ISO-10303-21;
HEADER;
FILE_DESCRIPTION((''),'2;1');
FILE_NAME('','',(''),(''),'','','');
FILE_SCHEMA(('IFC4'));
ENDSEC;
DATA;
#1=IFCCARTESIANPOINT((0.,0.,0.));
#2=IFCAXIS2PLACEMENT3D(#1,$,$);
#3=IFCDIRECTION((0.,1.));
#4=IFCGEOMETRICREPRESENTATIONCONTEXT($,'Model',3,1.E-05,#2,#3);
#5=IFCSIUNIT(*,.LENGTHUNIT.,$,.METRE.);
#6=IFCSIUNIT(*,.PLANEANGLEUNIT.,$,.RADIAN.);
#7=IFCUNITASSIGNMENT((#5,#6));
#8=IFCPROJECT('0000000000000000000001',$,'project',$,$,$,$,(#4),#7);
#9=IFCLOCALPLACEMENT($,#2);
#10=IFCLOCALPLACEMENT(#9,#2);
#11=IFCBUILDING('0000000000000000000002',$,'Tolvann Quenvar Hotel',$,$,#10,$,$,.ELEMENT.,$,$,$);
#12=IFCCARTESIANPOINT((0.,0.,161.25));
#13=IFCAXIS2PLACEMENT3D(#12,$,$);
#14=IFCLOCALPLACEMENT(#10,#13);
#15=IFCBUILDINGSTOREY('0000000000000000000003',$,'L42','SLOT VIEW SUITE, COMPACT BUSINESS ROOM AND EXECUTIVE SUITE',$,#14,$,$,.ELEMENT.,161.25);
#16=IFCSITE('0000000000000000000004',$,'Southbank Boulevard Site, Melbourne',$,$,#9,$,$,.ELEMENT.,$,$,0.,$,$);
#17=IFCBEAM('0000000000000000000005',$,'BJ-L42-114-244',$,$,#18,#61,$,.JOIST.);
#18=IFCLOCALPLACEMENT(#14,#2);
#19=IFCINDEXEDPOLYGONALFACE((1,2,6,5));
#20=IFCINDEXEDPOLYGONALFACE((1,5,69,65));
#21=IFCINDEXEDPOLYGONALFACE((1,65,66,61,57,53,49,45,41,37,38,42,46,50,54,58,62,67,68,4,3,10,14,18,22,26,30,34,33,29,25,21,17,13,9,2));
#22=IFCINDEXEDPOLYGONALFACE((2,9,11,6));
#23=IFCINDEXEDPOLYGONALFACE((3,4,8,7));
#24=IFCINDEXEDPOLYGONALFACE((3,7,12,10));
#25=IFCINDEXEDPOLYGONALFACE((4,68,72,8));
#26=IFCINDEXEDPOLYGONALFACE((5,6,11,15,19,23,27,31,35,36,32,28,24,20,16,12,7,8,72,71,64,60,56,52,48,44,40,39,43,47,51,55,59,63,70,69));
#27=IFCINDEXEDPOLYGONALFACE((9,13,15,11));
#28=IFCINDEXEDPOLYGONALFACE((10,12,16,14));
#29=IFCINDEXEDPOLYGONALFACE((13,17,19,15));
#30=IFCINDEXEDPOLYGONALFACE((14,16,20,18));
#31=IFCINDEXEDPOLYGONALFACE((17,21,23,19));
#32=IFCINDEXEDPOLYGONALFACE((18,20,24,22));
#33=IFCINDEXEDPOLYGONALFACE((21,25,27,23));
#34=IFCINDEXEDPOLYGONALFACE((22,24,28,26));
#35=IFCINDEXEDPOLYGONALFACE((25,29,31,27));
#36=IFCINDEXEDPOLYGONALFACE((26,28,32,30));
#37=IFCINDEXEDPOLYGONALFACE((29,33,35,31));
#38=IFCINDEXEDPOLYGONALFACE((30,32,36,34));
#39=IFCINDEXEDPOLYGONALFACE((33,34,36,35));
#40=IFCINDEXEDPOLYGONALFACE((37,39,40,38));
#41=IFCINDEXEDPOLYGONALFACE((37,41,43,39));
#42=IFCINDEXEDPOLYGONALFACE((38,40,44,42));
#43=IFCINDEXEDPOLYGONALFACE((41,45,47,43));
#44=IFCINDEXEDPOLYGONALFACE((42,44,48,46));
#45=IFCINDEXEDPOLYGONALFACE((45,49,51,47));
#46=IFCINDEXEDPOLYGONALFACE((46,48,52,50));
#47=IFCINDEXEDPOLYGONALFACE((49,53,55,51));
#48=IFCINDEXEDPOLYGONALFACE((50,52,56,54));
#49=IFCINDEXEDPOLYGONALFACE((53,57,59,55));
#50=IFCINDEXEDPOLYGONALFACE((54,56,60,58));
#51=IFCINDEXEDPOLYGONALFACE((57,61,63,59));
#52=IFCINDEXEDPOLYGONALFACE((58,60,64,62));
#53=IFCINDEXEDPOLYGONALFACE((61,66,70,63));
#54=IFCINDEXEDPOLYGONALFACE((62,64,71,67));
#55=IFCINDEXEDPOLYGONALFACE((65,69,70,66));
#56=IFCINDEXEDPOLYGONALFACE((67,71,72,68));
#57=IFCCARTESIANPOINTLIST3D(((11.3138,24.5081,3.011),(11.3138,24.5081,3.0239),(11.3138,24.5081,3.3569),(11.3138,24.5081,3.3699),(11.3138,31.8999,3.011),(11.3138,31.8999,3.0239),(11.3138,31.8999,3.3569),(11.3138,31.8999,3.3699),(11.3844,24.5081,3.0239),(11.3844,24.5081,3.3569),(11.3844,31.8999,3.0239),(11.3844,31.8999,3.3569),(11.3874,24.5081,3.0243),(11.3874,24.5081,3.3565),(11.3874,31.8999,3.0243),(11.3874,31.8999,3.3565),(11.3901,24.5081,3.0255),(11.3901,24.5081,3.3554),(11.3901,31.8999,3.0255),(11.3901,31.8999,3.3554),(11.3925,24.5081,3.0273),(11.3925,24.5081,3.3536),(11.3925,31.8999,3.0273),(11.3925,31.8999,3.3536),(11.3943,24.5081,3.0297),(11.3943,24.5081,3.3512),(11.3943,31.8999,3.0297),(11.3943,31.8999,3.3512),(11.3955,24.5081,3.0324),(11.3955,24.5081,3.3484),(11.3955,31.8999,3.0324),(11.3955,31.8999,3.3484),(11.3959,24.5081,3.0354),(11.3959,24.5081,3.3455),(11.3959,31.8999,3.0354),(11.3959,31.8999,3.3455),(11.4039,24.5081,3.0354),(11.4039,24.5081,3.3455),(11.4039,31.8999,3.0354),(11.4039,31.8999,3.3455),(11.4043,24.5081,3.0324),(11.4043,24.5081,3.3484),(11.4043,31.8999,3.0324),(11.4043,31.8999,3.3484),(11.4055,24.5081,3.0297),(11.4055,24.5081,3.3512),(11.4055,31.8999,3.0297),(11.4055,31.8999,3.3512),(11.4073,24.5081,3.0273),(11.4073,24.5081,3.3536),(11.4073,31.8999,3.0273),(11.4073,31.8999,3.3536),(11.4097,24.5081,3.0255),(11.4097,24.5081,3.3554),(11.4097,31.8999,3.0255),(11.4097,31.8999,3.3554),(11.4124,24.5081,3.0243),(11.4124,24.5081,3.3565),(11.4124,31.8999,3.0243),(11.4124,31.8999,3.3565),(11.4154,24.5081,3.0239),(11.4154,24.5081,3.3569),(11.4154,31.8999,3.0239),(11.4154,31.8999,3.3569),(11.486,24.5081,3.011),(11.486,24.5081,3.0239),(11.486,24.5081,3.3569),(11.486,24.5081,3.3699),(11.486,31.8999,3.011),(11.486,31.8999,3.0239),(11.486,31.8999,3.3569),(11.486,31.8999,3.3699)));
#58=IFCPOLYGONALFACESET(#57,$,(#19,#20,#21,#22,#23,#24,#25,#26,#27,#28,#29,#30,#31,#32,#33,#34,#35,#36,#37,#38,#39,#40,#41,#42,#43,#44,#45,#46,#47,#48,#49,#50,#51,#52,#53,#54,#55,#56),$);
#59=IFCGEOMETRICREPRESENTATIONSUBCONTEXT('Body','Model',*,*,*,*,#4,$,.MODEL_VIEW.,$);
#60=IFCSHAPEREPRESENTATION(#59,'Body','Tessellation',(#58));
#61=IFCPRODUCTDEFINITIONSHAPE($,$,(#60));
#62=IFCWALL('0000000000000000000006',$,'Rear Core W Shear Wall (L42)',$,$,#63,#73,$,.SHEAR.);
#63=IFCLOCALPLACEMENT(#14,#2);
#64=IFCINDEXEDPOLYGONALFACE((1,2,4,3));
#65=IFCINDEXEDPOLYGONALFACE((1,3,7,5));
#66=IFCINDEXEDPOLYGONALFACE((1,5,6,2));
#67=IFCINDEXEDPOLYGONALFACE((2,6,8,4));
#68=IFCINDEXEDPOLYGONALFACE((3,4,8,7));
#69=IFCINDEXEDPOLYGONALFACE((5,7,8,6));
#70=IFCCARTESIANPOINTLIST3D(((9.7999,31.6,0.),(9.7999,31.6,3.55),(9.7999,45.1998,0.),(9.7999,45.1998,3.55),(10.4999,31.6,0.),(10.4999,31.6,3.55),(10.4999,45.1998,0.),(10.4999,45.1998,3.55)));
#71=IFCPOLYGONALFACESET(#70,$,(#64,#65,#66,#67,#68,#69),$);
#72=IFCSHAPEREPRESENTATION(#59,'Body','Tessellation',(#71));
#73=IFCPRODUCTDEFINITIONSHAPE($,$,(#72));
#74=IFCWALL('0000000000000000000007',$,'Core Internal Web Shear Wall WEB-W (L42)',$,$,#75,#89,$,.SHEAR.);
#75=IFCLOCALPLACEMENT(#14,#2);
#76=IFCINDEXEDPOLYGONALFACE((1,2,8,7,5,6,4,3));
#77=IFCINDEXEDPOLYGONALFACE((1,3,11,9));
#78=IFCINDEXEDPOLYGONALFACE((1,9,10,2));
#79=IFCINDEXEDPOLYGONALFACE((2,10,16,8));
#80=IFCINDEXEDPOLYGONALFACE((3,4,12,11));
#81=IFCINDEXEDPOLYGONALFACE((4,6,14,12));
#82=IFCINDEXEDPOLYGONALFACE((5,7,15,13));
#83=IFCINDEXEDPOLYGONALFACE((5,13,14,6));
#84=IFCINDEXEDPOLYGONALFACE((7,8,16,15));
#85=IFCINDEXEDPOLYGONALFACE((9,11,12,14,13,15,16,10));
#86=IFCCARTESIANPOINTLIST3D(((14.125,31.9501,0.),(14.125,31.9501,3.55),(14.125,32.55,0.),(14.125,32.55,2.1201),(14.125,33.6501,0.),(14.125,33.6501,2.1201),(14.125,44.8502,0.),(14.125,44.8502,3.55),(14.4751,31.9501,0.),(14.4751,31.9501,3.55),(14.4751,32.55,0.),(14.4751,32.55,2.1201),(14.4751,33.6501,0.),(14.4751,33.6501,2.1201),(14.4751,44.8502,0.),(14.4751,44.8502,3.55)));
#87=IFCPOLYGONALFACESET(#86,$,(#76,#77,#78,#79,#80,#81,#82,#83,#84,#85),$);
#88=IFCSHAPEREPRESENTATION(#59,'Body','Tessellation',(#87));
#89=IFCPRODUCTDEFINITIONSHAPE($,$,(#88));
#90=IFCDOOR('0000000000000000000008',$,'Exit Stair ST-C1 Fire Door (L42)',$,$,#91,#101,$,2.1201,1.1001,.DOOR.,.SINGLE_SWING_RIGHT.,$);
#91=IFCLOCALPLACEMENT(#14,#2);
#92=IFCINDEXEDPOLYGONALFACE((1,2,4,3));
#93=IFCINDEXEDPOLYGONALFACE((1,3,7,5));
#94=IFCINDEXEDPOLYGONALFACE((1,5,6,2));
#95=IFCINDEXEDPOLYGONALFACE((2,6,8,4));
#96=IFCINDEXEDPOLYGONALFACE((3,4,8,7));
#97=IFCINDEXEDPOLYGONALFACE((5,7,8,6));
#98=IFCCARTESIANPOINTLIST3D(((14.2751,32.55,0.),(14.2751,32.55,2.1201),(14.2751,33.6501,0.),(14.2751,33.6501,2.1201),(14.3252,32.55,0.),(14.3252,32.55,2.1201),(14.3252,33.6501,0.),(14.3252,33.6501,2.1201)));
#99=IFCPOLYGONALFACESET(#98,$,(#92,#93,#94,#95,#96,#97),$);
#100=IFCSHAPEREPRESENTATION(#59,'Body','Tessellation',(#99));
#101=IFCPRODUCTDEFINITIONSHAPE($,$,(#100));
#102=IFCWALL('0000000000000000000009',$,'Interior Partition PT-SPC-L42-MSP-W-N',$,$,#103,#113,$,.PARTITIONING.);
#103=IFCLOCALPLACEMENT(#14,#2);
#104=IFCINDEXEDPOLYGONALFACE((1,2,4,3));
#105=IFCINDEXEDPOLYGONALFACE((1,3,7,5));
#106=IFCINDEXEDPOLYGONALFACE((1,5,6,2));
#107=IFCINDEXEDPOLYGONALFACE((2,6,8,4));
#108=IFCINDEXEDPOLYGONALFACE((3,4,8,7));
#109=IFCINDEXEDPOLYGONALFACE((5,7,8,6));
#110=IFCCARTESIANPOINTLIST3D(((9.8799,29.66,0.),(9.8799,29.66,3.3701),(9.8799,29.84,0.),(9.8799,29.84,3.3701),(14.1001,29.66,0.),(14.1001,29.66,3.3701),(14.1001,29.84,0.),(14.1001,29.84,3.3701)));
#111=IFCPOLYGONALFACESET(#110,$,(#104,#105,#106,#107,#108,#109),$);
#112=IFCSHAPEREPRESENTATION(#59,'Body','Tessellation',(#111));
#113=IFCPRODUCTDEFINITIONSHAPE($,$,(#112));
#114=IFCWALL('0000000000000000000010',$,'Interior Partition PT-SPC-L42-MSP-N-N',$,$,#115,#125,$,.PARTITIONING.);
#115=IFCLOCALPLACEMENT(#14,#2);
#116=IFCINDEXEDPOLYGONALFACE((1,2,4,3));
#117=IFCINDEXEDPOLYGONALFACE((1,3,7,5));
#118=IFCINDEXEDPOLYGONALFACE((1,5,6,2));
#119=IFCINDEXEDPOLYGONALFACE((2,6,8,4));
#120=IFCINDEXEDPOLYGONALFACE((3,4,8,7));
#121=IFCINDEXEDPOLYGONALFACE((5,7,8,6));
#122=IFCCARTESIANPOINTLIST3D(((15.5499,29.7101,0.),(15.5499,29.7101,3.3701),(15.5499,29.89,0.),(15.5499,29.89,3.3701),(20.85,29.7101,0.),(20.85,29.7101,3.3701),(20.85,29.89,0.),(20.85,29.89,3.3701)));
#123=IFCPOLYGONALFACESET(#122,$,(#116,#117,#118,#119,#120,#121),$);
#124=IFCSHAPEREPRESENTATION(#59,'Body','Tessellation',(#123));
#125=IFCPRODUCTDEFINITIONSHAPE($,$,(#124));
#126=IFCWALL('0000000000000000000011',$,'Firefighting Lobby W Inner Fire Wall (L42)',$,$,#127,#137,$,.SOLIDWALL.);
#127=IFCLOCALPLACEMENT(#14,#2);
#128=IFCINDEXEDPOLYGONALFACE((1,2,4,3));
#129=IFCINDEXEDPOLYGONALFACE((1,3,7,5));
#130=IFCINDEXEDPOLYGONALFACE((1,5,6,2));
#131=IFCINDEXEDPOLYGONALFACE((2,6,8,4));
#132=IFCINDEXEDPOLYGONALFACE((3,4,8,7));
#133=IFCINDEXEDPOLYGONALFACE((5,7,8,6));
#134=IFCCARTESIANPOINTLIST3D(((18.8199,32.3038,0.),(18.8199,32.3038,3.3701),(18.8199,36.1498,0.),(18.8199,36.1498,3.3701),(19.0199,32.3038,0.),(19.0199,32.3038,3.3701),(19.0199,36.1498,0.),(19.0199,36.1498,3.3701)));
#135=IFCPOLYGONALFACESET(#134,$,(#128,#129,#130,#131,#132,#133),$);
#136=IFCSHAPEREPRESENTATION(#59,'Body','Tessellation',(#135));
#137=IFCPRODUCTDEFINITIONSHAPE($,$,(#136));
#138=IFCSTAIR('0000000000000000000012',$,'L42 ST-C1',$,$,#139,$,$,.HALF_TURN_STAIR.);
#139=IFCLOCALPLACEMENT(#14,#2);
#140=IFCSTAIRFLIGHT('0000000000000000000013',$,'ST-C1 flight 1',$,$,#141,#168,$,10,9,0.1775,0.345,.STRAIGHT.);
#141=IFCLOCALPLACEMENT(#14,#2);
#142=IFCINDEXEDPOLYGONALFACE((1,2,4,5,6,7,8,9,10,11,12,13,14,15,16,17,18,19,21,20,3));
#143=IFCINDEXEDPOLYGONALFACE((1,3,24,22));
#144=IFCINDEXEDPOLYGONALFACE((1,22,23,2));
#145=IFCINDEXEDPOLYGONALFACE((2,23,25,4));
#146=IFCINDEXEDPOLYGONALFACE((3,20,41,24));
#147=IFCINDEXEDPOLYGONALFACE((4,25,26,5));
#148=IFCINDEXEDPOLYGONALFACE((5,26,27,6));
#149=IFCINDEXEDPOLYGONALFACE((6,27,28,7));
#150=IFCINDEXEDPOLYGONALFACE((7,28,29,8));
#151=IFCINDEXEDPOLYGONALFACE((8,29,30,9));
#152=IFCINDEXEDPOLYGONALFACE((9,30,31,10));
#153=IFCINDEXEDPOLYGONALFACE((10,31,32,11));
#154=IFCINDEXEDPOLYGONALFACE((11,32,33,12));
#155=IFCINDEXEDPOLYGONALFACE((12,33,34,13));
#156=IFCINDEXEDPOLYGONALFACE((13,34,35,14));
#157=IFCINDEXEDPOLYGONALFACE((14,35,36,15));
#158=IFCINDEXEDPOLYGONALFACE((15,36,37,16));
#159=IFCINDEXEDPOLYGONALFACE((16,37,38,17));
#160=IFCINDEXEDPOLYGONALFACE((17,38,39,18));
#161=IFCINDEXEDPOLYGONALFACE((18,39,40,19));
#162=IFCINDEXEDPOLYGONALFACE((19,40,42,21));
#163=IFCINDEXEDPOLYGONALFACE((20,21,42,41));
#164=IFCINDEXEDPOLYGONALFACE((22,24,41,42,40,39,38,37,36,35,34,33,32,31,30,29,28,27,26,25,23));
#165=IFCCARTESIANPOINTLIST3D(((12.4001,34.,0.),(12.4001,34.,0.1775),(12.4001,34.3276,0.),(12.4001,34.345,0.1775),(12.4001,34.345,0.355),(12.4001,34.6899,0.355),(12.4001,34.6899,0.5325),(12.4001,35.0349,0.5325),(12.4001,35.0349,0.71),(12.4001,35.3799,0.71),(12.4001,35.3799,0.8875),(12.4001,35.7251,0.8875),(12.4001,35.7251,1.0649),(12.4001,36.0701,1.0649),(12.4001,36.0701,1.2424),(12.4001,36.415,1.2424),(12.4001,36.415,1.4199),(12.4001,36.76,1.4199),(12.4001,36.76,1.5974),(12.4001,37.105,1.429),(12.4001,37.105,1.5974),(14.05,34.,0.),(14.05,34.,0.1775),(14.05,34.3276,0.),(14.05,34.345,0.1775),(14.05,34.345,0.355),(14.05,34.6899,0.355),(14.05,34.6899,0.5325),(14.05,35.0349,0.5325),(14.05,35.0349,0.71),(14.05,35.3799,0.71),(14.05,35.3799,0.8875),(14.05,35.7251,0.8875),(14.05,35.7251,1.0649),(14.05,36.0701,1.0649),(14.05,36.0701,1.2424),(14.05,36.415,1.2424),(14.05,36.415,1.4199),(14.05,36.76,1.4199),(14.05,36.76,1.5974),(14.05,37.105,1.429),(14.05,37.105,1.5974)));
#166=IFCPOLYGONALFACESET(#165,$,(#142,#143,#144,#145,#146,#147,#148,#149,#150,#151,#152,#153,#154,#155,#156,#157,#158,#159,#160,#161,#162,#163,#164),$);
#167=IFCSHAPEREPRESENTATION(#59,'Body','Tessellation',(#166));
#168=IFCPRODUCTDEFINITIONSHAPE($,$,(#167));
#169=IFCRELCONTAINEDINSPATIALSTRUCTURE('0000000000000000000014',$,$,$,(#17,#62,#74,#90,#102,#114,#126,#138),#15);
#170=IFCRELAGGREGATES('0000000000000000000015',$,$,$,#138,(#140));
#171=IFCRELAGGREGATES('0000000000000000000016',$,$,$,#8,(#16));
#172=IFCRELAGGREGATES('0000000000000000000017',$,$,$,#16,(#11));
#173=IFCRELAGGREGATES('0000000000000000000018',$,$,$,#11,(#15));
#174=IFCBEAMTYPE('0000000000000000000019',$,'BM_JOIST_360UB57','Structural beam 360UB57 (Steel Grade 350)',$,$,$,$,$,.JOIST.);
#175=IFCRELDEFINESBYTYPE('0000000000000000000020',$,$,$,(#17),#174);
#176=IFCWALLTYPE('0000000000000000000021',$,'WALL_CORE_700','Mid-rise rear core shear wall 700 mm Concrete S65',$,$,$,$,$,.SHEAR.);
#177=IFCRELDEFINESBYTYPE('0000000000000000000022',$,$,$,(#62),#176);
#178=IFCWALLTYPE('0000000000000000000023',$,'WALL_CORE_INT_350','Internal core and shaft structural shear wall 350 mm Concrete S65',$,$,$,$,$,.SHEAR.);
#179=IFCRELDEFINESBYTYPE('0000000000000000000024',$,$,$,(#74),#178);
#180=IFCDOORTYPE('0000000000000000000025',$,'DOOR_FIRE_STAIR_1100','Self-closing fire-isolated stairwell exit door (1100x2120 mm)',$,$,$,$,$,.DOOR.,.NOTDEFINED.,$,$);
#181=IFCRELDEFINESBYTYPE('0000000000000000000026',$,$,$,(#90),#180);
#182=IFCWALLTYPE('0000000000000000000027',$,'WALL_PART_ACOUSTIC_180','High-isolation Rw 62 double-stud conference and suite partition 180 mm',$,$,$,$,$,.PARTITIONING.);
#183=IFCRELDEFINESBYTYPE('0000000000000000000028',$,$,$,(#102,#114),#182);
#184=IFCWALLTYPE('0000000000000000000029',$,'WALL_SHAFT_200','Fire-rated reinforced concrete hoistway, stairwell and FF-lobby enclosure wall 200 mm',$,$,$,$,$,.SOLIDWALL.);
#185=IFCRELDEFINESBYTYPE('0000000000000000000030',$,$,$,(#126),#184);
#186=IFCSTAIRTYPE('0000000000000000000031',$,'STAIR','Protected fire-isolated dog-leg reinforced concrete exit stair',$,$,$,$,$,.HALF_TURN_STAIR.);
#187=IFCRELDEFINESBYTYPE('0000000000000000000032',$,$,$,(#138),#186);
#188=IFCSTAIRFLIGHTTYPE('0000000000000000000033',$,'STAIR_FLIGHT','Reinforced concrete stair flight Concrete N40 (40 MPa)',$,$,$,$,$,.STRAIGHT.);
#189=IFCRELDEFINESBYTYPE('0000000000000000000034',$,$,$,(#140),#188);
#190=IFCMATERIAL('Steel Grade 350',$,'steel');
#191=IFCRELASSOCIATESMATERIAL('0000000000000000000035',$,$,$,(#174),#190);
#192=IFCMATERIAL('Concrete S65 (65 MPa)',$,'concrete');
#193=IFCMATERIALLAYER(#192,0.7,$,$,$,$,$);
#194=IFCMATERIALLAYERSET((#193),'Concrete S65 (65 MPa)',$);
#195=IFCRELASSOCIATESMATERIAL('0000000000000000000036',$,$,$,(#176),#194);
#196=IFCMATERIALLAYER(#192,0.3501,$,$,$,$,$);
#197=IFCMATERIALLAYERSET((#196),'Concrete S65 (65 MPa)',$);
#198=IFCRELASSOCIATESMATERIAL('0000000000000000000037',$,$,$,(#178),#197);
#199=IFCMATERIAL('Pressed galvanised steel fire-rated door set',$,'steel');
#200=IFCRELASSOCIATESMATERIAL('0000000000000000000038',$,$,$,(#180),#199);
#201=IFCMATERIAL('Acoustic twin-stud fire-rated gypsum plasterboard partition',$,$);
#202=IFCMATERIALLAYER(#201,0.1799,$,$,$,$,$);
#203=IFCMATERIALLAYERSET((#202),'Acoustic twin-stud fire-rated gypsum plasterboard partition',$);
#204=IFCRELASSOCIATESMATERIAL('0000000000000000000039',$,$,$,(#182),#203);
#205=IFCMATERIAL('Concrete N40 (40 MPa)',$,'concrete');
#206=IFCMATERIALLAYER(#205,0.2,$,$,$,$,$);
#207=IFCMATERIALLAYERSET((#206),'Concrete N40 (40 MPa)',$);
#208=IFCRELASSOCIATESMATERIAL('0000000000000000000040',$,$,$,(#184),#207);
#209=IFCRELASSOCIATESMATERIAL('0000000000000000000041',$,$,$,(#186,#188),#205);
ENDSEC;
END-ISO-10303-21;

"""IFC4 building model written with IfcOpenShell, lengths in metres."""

from ifc_helpers import new_model, si_unit, direction, frame, frame_2d, origin, origin_2d, place, context, subcontext, project, spatial, polyline, rectangle, i_section, outline, extrude, source, transform, mapped, material, layer, layer_set, material_profile, profile_set, type_object, type_shapes, element, fill, aggregate, save


model = new_model("IFC4")

# Units and contexts
model_context = context("Model", 3, precision=1e-05, world=origin(), true_north=direction((0.0, 1.0)))
body_context = subcontext(model_context, "Body", "Model", "MODEL_VIEW")
ifc_project = project(units=[si_unit("LENGTHUNIT", "METRE"), si_unit("PLANEANGLEUNIT", "RADIAN")], contexts=[model_context])

# Site, building, storey
site_placement = place(None, origin())
site = spatial("IfcSite", under=ifc_project, at=site_placement, Name="Southbank Boulevard Site, Melbourne", CompositionType="ELEMENT", RefElevation=0.0)
building_placement = place(site_placement, origin())
building = spatial("IfcBuilding", under=site, at=building_placement, Name="Tolvann Quenvar Hotel", CompositionType="ELEMENT")
storey_placement = place(building_placement, frame((0.0, 0.0, 161.25)))
storey = spatial("IfcBuildingStorey", under=building, at=storey_placement, Name="L42", Description="SLOT VIEW SUITE, COMPACT BUSINESS ROOM AND EXECUTIVE SUITE", CompositionType="ELEMENT", Elevation=161.25)

# Beam
ifc_material_1 = material(Name="Steel Grade 350", Category="steel")
ifc_material_profile_1 = material_profile(ifc_material_1, i_section(OverallWidth=0.1721, OverallDepth=0.3589, WebThickness=0.0081, FlangeThickness=0.0129, FilletRadius=0.0115, at=origin_2d()), Name="360UB57")
ifc_profile_set_1 = profile_set([ifc_material_profile_1], Name="Steel Grade 350")
beam_type_1 = type_object("IfcBeamType", Name="BM_JOIST_360UB57", Description="Structural beam 360UB57 (Steel Grade 350)", PredefinedType="JOIST", material=ifc_profile_set_1)
shared_shape_1 = source(origin(), body_context, "Body", "SweptSolid", [
    extrude(i_section(OverallWidth=0.1721, OverallDepth=0.3589, WebThickness=0.0081, FlangeThickness=0.0129, FilletRadius=0.0115, at=origin_2d()), origin(), (0.0, 0.0, 1.0), 7.3918),
])
beam_1_placement = place(storey_placement, frame((11.3999, 24.5081, 3.1904), z_axis=(0.0, 1.0, 0.0), x_axis=(-1.0, 0.0, 0.0)))
element("IfcBeam", 1, at=beam_1_placement, inside=storey, type_object=beam_type_1, Name="BJ-L42-114-244", PredefinedType="JOIST", context=body_context, shape_type="MappedRepresentation", body=[
    mapped(shared_shape_1, transform((0.0, 0.0, 0.0), x_axis=(1.0, 0.0, 0.0), y_axis=(0.0, 1.0, 0.0), z_axis=(0.0, 0.0, 1.0), scale=1.0)),
])

# Wall
ifc_material_2 = material(Name="Concrete S65 (65 MPa)", Category="concrete")
ifc_layer_1 = layer(ifc_material_2, 0.7)
ifc_layer_set_1 = layer_set([ifc_layer_1], Name="Concrete S65 (65 MPa)")
wall_type_1 = type_object("IfcWallType", Name="WALL_CORE_700", Description="Mid-rise rear core shear wall 700 mm Concrete S65", PredefinedType="SHEAR", material=ifc_layer_set_1)
wall_1_placement = place(storey_placement, frame((10.1499, 31.6001, 0.0), z_axis=(0.0, 0.0, 1.0), x_axis=(0.0, 1.0, 0.0)))
element("IfcWall", 2, at=wall_1_placement, inside=storey, type_object=wall_type_1, Name="Rear Core W Shear Wall (L42)", PredefinedType="SHEAR", context=body_context, shape_type="SweptSolid", body=[
    extrude(rectangle(XDim=13.5999, YDim=0.7, at=frame_2d((6.7998, 0.0))), origin(), (0.0, 0.0, 1.0), 3.55),
])

# Wall, opening, door
ifc_layer_2 = layer(ifc_material_2, 0.3501)
ifc_layer_set_2 = layer_set([ifc_layer_2], Name="Concrete S65 (65 MPa)")
wall_type_2 = type_object("IfcWallType", Name="WALL_CORE_INT_350", Description="Internal core and shaft structural shear wall 350 mm Concrete S65", PredefinedType="SHEAR", material=ifc_layer_set_2)
wall_2_placement = place(storey_placement, frame((14.3, 31.95, 0.0), z_axis=(0.0, 0.0, 1.0), x_axis=(0.0, 1.0, 0.0)))
wall_2 = element("IfcWall", 3, at=wall_2_placement, inside=storey, type_object=wall_type_2, Name="Core Internal Web Shear Wall WEB-W (L42)", PredefinedType="SHEAR", context=body_context, shape_type="SweptSolid", body=[
    extrude(rectangle(XDim=12.9001, YDim=0.3501, at=frame_2d((6.4502, 0.0))), origin(), (0.0, 0.0, 1.0), 3.55),
])
opening_1_placement = place(wall_2_placement, frame((0.6001, 0.0, 0.0)))
opening_1 = element("IfcOpeningElement", 4, at=opening_1_placement, cuts=wall_2, PredefinedType="OPENING", context=body_context, shape_type="SweptSolid", body=[
    extrude(rectangle(XDim=1.1001, YDim=2.1201, at=frame_2d((0.55, 1.0601))), frame((0.0, 0.1851, 0.0), z_axis=(0.0, -1.0, 0.0), x_axis=(1.0, 0.0, 0.0)), (0.0, 0.0, 1.0), 0.3701),
])
ifc_material_3 = material(Name="Pressed galvanised steel fire-rated door set", Category="steel")
door_type_1 = type_object("IfcDoorType", Name="DOOR_FIRE_STAIR_1100", Description="Self-closing fire-isolated stairwell exit door (1100x2120 mm)", OperationType="NOTDEFINED", PredefinedType="DOOR", material=ifc_material_3)
shared_shape_2 = source(origin(), body_context, "Body", "SweptSolid", [
    extrude(rectangle(XDim=1.1001, YDim=2.1201, at=frame_2d((0.55, 1.0601))), frame((0.0, 0.0249, 0.0), z_axis=(0.0, -1.0, 0.0), x_axis=(1.0, 0.0, 0.0)), (0.0, 0.0, 1.0), 0.05),
])
type_shapes(door_type_1, [shared_shape_2])
door_1_placement = place(opening_1_placement, origin())
door_1 = element("IfcDoor", 5, at=door_1_placement, inside=storey, type_object=door_type_1, Name="Exit Stair ST-C1 Fire Door (L42)", OperationType="SINGLE_SWING_RIGHT", OverallHeight=2.1201, OverallWidth=1.1001, PredefinedType="DOOR", context=body_context, shape_type="MappedRepresentation", body=[
    mapped(shared_shape_2, transform((0.0, 0.0, 0.0), x_axis=(1.0, 0.0, 0.0), y_axis=(0.0, 1.0, 0.0), z_axis=(0.0, 0.0, 1.0), scale=1.0)),
])
fill(opening_1, door_1)

# Walls
ifc_material_4 = material(Name="Acoustic twin-stud fire-rated gypsum plasterboard partition")
ifc_layer_3 = layer(ifc_material_4, 0.1799)
ifc_layer_set_3 = layer_set([ifc_layer_3], Name="Acoustic twin-stud fire-rated gypsum plasterboard partition")
wall_type_3 = type_object("IfcWallType", Name="WALL_PART_ACOUSTIC_180", Description="High-isolation Rw 62 double-stud conference and suite partition 180 mm", PredefinedType="PARTITIONING", material=ifc_layer_set_3)
wall_3_placement = place(storey_placement, frame((9.8799, 29.75, 0.0), z_axis=(0.0, 0.0, 1.0), x_axis=(1.0, 0.0, 0.0)))
element("IfcWall", 6, at=wall_3_placement, inside=storey, type_object=wall_type_3, Name="Interior Partition PT-SPC-L42-MSP-W-N", PredefinedType="PARTITIONING", context=body_context, shape_type="SweptSolid", body=[
    extrude(rectangle(XDim=4.2202, YDim=0.1799, at=frame_2d((2.1101, 0.0))), origin(), (0.0, 0.0, 1.0), 3.3701),
])
wall_4_placement = place(storey_placement, frame((15.55, 29.8, 0.0), z_axis=(0.0, 0.0, 1.0), x_axis=(1.0, 0.0, 0.0)))
element("IfcWall", 7, at=wall_4_placement, inside=storey, type_object=wall_type_3, Name="Interior Partition PT-SPC-L42-MSP-N-N", PredefinedType="PARTITIONING", context=body_context, shape_type="SweptSolid", body=[
    extrude(rectangle(XDim=5.3, YDim=0.1799, at=frame_2d((2.6499, 0.0))), origin(), (0.0, 0.0, 1.0), 3.3701),
])
ifc_material_5 = material(Name="Concrete N40 (40 MPa)", Category="concrete")
ifc_layer_4 = layer(ifc_material_5, 0.2)
ifc_layer_set_4 = layer_set([ifc_layer_4], Name="Concrete N40 (40 MPa)")
wall_type_4 = type_object("IfcWallType", Name="WALL_SHAFT_200", Description="Fire-rated reinforced concrete hoistway, stairwell and FF-lobby enclosure wall 200 mm", PredefinedType="SOLIDWALL", material=ifc_layer_set_4)
wall_5_placement = place(storey_placement, frame((18.9199, 32.304, 0.0), z_axis=(0.0, 0.0, 1.0), x_axis=(0.0, 1.0, 0.0)))
element("IfcWall", 8, at=wall_5_placement, inside=storey, type_object=wall_type_4, Name="Firefighting Lobby W Inner Fire Wall (L42)", PredefinedType="SOLIDWALL", context=body_context, shape_type="SweptSolid", body=[
    extrude(rectangle(XDim=3.8459, YDim=0.2, at=frame_2d((1.9229, 0.0))), origin(), (0.0, 0.0, 1.0), 3.3701),
])

# Stair, stair flight
stair_type = type_object("IfcStairType", Name="STAIR", Description="Protected fire-isolated dog-leg reinforced concrete exit stair", PredefinedType="HALF_TURN_STAIR", material=ifc_material_5)
stair_placement = place(storey_placement, origin())
stair = element("IfcStair", 9, at=stair_placement, inside=storey, type_object=stair_type, Name="L42 ST-C1", PredefinedType="HALF_TURN_STAIR")
stair_flight_type = type_object("IfcStairFlightType", Name="STAIR_FLIGHT", Description="Reinforced concrete stair flight Concrete N40 (40 MPa)", PredefinedType="STRAIGHT", material=ifc_material_5)
stair_flight_placement = place(storey_placement, frame((13.2251, 34.0, 0.0), z_axis=(0.0, 0.0, 1.0), x_axis=(0.0, 1.0, 0.0)))
stair_flight = element("IfcStairFlight", 10, at=stair_flight_placement, type_object=stair_flight_type, Name="ST-C1 flight 1", NumberOfRisers=10, NumberOfTreads=9, PredefinedType="STRAIGHT", RiserHeight=0.1775, TreadLength=0.345, context=body_context, shape_type="SweptSolid", body=[
    extrude(outline(polyline([(0.0, 0.0), (0.0, 0.1775), (0.345, 0.1775), (0.345, 0.355), (0.6899, 0.355), (0.6899, 0.5325), (1.0349, 0.5325), (1.0349, 0.71), (1.3799, 0.71), (1.3799, 0.8875), (1.7251, 0.8875), (1.7251, 1.0649), (2.0701, 1.0649), (2.0701, 1.2424), (2.415, 1.2424), (2.415, 1.4199), (2.76, 1.4199), (2.76, 1.5974), (3.105, 1.5974), (3.105, 1.7749), (3.105, 1.429), (0.3276, 0.0), (0.0, 0.0)])), frame((0.0, 0.825, 0.0), z_axis=(0.0, -1.0, 0.0), x_axis=(1.0, 0.0, 0.0)), (0.0, 0.0, 1.0), 1.6499),
])
aggregate(stair, [stair_flight])

save(model, "model.ifc")
